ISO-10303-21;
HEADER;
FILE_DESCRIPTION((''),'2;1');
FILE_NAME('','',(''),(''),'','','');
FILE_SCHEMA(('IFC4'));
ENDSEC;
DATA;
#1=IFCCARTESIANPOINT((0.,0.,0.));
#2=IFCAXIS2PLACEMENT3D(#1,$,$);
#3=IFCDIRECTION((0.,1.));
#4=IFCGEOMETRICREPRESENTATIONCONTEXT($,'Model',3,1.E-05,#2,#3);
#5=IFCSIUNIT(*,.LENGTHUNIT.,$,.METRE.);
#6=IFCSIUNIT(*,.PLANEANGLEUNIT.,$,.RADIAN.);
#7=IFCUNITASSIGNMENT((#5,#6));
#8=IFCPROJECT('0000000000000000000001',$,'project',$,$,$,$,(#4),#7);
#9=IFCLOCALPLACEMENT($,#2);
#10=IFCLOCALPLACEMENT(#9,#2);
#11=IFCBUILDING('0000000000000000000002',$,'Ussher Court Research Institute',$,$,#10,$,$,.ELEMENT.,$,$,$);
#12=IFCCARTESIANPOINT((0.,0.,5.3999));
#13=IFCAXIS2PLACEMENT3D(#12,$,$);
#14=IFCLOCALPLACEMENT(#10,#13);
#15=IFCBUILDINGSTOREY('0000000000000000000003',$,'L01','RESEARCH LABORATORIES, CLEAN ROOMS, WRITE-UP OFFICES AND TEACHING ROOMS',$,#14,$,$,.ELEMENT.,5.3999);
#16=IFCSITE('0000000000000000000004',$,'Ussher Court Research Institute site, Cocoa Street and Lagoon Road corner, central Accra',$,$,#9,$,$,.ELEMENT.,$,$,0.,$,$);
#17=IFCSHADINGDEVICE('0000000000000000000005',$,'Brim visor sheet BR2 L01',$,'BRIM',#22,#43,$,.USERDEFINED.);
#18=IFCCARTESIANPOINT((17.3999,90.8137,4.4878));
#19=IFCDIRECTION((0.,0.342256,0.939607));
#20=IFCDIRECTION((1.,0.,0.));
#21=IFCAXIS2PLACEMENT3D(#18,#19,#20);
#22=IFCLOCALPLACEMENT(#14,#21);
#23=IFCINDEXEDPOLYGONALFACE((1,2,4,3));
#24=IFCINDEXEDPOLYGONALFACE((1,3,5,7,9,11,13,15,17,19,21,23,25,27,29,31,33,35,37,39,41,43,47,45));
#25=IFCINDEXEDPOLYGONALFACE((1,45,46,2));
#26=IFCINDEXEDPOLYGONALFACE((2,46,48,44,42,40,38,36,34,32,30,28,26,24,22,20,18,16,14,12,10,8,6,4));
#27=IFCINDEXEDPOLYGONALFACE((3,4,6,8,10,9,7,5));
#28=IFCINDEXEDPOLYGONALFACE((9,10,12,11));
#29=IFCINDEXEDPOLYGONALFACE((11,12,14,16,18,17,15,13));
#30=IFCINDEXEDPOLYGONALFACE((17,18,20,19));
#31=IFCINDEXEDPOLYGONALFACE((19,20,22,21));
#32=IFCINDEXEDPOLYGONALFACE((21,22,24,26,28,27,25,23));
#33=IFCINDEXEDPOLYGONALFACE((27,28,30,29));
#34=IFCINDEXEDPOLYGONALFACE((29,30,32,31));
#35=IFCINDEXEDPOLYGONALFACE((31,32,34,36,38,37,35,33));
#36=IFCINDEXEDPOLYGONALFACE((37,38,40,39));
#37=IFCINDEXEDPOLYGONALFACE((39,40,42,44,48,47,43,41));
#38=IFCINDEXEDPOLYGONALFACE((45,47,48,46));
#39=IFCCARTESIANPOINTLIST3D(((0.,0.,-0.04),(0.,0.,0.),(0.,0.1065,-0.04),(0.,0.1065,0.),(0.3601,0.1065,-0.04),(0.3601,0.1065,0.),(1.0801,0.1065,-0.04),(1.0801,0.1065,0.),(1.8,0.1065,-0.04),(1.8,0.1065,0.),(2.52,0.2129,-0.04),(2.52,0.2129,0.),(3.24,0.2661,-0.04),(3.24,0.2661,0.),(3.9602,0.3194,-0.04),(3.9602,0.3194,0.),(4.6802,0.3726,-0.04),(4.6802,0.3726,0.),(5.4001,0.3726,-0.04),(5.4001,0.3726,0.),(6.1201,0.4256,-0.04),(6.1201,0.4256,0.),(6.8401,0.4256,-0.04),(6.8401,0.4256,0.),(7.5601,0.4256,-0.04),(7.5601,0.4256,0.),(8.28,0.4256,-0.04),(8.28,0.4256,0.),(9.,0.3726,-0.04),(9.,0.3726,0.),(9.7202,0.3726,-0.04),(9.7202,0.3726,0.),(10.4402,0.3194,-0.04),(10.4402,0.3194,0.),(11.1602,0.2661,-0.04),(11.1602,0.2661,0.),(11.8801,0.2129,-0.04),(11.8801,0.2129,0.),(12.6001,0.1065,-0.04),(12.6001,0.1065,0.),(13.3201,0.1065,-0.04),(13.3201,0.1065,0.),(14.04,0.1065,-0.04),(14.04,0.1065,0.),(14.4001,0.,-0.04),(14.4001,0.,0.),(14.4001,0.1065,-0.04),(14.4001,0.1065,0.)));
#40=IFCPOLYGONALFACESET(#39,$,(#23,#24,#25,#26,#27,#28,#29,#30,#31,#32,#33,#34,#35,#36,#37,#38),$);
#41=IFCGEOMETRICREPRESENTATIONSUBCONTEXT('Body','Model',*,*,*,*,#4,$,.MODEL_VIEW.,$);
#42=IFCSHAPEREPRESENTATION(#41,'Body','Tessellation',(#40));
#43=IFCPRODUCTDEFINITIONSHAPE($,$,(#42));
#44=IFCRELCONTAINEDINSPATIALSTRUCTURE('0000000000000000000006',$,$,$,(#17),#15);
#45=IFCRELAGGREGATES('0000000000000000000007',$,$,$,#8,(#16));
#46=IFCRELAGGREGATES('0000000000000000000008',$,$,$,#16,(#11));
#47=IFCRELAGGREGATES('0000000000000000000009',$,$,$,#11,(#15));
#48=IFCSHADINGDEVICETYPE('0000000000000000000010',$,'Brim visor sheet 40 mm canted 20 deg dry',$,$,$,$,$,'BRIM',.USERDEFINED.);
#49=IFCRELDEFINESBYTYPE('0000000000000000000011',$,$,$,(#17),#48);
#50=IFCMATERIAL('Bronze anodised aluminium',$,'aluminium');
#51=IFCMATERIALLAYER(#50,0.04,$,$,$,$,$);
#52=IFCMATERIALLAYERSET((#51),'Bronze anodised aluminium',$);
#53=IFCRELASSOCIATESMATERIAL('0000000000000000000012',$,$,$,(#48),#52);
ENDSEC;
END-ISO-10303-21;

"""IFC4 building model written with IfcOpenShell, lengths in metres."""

from ifc_helpers import new_model, si_unit, direction, frame, origin, place, context, subcontext, project, spatial, polyline, outline, extrude, material, layer, layer_set, type_object, element, save


model = new_model("IFC4")

# Units and contexts
model_context = context("Model", 3, precision=1e-05, world=origin(), true_north=direction((0.0, 1.0)))
body_context = subcontext(model_context, "Body", "Model", "MODEL_VIEW")
ifc_project = project(units=[si_unit("LENGTHUNIT", "METRE"), si_unit("PLANEANGLEUNIT", "RADIAN")], contexts=[model_context])

# Site, building, storey
site_placement = place(None, origin())
site = spatial("IfcSite", under=ifc_project, at=site_placement, Name="Ussher Court Research Institute site, Cocoa Street and Lagoon Road corner, central Accra", CompositionType="ELEMENT", RefElevation=0.0)
building_placement = place(site_placement, origin())
building = spatial("IfcBuilding", under=site, at=building_placement, Name="Ussher Court Research Institute", CompositionType="ELEMENT")
storey_placement = place(building_placement, frame((0.0, 0.0, 5.3999)))
storey = spatial("IfcBuildingStorey", under=building, at=storey_placement, Name="L01", Description="RESEARCH LABORATORIES, CLEAN ROOMS, WRITE-UP OFFICES AND TEACHING ROOMS", CompositionType="ELEMENT", Elevation=5.3999)

# Shading device
ifc_material_1 = material(Name="Bronze anodised aluminium", Category="aluminium")
ifc_layer_1 = layer(ifc_material_1, 0.04)
ifc_layer_set_1 = layer_set([ifc_layer_1], Name="Bronze anodised aluminium")
shading_device_type_1 = type_object("IfcShadingDeviceType", Name="Brim visor sheet 40 mm canted 20 deg dry", ElementType="BRIM", PredefinedType="USERDEFINED", material=ifc_layer_set_1)
shading_device_1_placement = place(storey_placement, frame((17.3999, 90.8137, 4.4878), z_axis=(0.0, 0.342256, 0.939607), x_axis=(1.0, 0.0, 0.0)))
element("IfcShadingDevice", 1, at=shading_device_1_placement, inside=storey, type_object=shading_device_type_1, Name="Brim visor sheet BR2 L01", ObjectType="BRIM", PredefinedType="USERDEFINED", context=body_context, shape_type="SweptSolid", body=[
    extrude(outline(polyline([(0.0, 0.0), (14.4001, 0.0), (14.4001, 0.1065), (14.04, 0.1065), (13.3201, 0.1065), (12.6001, 0.1065), (11.8801, 0.2129), (11.1602, 0.2661), (10.4402, 0.3194), (9.7202, 0.3726), (9.0, 0.3726), (8.28, 0.4256), (7.5601, 0.4256), (6.8401, 0.4256), (6.1201, 0.4256), (5.4001, 0.3726), (4.6802, 0.3726), (3.9602, 0.3194), (3.24, 0.2661), (2.52, 0.2129), (1.8, 0.1065), (1.0801, 0.1065), (0.3601, 0.1065), (0.0, 0.1065), (0.0, 0.0)])), origin(), (0.0, 0.0, -1.0), 0.04),
])

save(model, "model.ifc")
